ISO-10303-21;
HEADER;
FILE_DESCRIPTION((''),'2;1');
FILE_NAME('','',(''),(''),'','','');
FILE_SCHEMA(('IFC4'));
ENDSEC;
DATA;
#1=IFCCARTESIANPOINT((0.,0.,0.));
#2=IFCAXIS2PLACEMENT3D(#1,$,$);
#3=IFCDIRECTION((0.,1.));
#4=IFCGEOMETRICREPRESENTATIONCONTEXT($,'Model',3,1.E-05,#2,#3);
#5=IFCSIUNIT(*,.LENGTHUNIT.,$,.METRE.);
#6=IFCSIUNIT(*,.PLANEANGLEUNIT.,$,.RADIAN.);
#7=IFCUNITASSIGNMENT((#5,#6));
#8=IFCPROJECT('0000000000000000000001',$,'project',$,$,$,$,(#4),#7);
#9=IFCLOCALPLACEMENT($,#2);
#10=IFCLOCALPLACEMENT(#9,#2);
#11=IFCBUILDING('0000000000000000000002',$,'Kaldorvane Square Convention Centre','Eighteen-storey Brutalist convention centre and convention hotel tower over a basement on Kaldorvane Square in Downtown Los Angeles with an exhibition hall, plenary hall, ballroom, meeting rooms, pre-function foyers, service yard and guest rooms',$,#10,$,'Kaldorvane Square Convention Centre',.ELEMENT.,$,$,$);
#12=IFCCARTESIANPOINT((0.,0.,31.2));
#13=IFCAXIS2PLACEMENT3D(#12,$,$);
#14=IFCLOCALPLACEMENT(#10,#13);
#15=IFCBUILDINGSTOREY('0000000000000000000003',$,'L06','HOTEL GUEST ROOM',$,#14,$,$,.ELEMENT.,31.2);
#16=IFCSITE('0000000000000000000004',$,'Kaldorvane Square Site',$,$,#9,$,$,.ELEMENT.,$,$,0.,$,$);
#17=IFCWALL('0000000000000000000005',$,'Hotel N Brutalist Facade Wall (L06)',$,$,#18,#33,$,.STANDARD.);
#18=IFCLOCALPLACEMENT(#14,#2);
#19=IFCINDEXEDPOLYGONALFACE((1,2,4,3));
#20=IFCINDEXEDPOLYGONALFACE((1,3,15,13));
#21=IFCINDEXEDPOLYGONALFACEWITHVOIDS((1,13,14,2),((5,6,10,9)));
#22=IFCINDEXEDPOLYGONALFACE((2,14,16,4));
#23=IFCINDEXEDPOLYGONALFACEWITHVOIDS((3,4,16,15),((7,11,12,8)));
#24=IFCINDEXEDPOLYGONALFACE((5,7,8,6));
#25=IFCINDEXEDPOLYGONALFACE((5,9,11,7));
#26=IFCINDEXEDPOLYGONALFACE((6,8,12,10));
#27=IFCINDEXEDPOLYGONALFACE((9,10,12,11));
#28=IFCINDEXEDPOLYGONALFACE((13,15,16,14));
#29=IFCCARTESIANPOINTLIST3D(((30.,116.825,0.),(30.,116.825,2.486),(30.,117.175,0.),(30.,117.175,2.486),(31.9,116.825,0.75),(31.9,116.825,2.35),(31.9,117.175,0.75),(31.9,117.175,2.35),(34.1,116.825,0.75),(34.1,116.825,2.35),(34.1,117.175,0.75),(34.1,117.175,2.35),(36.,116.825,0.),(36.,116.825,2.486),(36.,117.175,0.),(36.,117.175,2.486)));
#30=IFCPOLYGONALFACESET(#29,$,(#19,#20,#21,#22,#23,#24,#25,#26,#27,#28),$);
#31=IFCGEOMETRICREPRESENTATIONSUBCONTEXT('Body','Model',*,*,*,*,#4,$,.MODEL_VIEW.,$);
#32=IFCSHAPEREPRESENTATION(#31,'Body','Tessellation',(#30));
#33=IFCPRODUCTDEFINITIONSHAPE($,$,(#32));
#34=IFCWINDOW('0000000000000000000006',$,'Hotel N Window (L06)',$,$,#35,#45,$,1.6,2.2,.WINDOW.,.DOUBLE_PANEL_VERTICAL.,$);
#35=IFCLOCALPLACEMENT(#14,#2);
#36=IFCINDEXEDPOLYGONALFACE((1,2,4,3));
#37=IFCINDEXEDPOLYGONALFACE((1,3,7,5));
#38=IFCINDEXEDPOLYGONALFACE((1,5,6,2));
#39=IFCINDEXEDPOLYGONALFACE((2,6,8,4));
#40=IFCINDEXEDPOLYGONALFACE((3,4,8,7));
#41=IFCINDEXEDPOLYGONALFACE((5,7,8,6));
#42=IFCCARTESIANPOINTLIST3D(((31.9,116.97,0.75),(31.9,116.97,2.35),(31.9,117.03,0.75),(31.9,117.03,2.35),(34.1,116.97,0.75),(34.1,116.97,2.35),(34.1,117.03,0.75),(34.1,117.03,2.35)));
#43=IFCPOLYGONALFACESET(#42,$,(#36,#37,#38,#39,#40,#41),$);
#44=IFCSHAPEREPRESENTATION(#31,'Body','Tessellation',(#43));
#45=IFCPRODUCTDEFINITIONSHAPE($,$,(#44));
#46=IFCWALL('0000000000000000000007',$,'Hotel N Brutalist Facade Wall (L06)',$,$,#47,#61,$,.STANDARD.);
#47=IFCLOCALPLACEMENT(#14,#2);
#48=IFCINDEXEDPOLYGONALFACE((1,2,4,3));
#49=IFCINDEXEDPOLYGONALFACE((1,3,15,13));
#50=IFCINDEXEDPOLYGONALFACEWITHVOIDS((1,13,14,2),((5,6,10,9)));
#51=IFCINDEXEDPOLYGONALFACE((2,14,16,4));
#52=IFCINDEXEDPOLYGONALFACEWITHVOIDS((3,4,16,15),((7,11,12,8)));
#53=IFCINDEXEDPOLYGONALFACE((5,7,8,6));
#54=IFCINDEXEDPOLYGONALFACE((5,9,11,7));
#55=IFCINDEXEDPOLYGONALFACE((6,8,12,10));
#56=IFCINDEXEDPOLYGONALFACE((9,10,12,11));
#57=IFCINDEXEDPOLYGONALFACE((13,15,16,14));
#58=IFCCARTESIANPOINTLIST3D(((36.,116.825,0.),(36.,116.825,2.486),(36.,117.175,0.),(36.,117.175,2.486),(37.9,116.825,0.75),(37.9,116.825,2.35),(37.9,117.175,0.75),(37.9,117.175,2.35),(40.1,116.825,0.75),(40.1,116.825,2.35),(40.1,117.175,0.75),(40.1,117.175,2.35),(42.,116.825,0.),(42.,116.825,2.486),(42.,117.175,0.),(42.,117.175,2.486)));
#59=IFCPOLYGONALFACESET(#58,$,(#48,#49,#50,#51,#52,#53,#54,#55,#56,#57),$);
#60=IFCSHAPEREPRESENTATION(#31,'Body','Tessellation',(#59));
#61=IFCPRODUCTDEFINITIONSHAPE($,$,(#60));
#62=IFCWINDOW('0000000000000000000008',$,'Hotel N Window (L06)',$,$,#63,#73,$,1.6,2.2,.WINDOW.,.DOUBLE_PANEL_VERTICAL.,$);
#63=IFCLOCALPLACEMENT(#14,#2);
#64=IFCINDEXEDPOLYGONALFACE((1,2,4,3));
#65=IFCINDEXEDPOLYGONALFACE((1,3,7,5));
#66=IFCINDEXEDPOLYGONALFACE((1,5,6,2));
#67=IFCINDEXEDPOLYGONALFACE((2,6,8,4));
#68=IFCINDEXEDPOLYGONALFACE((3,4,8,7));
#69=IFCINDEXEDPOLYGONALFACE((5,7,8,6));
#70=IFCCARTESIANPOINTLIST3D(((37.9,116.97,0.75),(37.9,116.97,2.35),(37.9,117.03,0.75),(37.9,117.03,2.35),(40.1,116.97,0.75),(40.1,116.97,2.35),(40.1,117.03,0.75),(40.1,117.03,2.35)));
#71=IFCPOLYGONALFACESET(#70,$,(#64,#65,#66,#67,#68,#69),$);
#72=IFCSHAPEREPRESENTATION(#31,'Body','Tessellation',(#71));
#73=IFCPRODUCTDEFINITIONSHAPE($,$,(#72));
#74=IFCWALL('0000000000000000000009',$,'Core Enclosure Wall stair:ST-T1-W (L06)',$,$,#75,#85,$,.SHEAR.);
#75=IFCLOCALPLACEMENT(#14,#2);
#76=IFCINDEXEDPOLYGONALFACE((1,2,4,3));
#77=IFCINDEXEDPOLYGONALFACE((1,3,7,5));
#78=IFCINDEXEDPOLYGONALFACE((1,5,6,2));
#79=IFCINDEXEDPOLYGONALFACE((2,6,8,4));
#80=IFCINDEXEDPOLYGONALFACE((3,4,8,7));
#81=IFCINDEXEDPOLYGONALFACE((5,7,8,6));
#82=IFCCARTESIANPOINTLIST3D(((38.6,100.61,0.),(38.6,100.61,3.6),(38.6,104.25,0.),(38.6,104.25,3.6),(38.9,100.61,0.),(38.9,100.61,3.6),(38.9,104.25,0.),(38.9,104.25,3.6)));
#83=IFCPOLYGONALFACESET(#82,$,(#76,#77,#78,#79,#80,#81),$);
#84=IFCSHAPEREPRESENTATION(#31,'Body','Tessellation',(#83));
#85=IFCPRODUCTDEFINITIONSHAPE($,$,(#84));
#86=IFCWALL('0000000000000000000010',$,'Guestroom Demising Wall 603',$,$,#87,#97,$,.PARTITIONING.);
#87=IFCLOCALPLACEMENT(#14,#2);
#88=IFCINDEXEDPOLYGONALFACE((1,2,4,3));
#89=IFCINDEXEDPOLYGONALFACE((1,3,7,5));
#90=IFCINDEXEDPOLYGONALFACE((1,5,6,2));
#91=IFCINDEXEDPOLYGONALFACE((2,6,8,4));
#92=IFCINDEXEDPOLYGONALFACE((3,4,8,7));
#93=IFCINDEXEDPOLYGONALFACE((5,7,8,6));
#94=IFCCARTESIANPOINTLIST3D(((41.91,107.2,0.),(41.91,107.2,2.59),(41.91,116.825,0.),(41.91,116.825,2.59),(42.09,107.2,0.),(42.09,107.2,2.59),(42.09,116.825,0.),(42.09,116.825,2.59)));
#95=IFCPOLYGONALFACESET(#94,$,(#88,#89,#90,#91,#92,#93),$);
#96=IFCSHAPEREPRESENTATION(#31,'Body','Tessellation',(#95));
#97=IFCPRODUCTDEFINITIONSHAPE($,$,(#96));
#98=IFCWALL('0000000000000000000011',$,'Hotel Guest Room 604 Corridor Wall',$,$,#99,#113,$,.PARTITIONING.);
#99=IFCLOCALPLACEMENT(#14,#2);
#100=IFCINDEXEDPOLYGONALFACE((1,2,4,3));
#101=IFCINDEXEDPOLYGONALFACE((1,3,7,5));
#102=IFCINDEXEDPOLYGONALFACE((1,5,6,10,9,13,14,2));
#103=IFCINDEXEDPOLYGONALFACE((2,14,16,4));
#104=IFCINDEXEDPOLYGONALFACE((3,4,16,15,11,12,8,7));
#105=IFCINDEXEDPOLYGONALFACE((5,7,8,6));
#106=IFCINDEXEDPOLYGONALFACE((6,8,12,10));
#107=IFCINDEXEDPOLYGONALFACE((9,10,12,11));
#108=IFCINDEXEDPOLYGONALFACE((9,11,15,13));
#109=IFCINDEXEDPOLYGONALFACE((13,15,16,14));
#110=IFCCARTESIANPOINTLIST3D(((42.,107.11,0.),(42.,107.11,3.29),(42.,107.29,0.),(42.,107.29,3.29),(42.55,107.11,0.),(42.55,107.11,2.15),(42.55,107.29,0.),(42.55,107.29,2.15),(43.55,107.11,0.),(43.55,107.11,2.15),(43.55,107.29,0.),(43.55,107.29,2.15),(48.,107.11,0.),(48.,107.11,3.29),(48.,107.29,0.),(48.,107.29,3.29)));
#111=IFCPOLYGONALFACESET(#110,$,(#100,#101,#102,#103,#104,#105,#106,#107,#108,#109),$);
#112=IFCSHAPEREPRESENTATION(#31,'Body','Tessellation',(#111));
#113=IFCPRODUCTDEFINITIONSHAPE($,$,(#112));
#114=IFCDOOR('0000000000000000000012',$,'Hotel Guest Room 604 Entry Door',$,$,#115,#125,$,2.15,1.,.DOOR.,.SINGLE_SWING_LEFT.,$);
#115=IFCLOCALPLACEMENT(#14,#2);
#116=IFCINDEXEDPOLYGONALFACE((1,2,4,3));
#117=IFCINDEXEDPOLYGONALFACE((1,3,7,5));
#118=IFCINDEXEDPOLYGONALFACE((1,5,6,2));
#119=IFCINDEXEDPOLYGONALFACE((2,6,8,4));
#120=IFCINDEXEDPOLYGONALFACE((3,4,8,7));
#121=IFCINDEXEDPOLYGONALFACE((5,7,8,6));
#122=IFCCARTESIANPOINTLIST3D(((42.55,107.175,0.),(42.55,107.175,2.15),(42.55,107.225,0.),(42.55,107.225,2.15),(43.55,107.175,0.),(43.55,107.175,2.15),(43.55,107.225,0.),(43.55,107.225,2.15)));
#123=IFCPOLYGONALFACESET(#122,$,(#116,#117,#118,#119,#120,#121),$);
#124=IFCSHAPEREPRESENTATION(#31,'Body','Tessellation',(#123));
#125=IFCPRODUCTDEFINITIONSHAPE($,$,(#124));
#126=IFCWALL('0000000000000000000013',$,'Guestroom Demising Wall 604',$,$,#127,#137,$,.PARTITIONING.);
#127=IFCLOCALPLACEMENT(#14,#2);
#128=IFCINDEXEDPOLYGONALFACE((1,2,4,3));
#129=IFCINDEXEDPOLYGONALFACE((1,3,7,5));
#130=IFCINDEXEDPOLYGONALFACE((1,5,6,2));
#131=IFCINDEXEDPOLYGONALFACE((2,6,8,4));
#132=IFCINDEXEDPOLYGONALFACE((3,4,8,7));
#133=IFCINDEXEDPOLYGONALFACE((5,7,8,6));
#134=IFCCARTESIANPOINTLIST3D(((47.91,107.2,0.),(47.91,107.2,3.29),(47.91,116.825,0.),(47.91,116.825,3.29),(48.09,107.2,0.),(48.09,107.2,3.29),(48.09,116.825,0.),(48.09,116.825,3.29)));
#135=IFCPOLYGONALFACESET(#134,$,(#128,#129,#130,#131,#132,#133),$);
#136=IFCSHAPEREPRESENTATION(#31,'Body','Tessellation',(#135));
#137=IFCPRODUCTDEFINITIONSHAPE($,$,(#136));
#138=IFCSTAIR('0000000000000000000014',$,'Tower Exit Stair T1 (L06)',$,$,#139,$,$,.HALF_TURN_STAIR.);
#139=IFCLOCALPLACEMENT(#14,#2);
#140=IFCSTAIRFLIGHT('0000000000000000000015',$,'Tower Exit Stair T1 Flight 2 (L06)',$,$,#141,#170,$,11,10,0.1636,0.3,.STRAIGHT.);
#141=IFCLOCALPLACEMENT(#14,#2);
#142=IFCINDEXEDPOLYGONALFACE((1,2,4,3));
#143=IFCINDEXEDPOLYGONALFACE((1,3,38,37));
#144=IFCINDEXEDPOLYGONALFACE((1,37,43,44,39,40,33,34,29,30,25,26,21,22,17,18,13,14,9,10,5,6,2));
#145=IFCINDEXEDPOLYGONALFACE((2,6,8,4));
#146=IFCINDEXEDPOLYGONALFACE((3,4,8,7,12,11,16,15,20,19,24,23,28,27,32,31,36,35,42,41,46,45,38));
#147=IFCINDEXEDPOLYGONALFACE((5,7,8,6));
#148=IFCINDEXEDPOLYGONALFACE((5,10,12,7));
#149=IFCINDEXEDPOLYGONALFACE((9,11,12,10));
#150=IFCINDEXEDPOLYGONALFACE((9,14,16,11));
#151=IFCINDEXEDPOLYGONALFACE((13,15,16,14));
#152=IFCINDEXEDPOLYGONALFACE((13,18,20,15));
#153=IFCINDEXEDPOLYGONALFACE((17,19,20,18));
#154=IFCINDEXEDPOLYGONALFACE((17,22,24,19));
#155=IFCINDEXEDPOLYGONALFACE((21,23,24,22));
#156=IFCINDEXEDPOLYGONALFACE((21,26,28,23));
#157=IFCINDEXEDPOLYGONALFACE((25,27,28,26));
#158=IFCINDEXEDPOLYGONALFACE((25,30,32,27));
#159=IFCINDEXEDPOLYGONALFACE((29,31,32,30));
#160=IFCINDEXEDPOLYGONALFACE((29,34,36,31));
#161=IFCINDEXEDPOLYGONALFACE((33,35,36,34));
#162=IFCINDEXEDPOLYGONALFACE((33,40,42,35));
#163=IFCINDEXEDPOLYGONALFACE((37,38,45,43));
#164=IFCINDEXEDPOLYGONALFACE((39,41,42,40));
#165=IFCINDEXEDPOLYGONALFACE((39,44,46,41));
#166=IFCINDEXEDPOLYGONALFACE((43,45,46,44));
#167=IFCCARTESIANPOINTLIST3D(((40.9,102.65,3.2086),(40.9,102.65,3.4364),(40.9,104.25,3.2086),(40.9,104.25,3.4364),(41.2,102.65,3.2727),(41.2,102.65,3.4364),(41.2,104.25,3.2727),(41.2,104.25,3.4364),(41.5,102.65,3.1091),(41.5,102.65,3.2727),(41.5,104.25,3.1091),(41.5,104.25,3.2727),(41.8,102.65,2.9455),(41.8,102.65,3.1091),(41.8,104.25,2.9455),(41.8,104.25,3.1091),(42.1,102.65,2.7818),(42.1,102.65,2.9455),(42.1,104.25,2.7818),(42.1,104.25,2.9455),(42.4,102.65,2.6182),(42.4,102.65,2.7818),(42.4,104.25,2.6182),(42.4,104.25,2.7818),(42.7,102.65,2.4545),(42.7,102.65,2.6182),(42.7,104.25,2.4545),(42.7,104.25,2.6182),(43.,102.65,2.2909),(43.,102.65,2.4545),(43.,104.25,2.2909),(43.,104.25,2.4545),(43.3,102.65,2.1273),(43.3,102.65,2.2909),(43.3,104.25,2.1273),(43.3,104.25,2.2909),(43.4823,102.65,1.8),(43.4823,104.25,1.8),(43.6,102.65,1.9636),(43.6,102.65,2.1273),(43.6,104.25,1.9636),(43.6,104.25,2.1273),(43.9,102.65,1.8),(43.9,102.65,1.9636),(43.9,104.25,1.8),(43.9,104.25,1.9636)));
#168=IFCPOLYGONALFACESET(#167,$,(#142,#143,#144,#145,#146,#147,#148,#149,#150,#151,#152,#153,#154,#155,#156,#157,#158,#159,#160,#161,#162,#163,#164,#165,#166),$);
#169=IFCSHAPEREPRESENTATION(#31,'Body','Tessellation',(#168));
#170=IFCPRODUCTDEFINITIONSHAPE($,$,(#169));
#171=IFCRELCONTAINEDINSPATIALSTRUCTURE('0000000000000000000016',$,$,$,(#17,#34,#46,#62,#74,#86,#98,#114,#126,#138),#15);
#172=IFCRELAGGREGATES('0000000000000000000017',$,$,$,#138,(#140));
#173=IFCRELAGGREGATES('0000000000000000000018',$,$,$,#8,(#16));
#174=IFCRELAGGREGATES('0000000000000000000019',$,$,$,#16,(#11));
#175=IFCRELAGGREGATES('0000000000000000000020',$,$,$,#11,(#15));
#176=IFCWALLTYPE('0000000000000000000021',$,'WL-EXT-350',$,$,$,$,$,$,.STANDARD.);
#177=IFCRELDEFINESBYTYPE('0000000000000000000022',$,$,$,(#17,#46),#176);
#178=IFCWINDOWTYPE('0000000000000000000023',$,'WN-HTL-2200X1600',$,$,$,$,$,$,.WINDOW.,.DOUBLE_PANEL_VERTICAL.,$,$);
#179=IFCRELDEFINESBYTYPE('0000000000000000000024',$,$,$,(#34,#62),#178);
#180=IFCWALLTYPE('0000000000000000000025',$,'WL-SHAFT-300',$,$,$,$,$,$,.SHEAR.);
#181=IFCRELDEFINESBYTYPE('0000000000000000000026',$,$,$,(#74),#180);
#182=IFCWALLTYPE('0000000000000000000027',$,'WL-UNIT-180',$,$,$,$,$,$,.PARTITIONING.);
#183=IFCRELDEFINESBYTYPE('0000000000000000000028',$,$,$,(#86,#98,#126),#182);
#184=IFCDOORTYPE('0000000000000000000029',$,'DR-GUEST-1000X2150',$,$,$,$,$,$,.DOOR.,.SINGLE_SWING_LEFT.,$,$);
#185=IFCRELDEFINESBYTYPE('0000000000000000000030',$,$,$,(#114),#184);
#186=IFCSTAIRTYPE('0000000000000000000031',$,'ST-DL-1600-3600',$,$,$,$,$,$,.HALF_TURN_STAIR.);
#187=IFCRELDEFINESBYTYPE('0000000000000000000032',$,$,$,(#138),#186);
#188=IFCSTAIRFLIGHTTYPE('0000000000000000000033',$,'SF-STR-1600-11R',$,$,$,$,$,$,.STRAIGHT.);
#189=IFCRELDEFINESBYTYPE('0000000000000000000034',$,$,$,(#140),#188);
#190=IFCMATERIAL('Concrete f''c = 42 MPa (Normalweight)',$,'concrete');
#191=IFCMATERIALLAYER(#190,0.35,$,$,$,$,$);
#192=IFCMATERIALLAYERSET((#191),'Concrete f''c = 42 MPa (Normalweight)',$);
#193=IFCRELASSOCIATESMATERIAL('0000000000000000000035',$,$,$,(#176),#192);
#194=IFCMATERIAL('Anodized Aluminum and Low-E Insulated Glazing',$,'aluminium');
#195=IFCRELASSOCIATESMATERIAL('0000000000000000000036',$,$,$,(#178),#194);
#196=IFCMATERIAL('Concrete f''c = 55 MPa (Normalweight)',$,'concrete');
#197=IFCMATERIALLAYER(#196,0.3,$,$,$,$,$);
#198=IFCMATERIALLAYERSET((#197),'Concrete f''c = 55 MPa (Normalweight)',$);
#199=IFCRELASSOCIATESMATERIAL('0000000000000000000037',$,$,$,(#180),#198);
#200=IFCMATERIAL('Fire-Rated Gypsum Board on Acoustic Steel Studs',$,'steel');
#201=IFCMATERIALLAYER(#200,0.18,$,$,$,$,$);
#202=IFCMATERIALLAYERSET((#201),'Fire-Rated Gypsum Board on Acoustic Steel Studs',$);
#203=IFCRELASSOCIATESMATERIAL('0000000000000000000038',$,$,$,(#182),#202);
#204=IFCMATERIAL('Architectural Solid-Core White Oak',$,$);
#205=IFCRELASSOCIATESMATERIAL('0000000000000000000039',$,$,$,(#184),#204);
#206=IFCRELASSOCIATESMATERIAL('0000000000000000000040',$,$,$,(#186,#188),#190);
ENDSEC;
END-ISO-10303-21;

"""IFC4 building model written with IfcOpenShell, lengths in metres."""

from ifc_helpers import new_model, si_unit, direction, frame, frame_2d, origin, place, context, subcontext, project, spatial, polyline, rectangle, outline, extrude, material, layer, layer_set, type_object, element, fill, aggregate, save


model = new_model("IFC4")

# Units and contexts
model_context = context("Model", 3, precision=1e-05, world=origin(), true_north=direction((0.0, 1.0)))
body_context = subcontext(model_context, "Body", "Model", "MODEL_VIEW")
ifc_project = project(units=[si_unit("LENGTHUNIT", "METRE"), si_unit("PLANEANGLEUNIT", "RADIAN")], contexts=[model_context])

# Site, building, storey
site_placement = place(None, origin())
site = spatial("IfcSite", under=ifc_project, at=site_placement, Name="Kaldorvane Square Site", CompositionType="ELEMENT", RefElevation=0.0)
building_placement = place(site_placement, origin())
building = spatial("IfcBuilding", under=site, at=building_placement, Name="Kaldorvane Square Convention Centre", Description="Eighteen-storey Brutalist convention centre and convention hotel tower over a basement on Kaldorvane Square in Downtown Los Angeles with an exhibition hall, plenary hall, ballroom, meeting rooms, pre-function foyers, service yard and guest rooms", LongName="Kaldorvane Square Convention Centre", CompositionType="ELEMENT")
storey_placement = place(building_placement, frame((0.0, 0.0, 31.2)))
storey = spatial("IfcBuildingStorey", under=building, at=storey_placement, Name="L06", Description="HOTEL GUEST ROOM", CompositionType="ELEMENT", Elevation=31.2)

# Shared definitions
ifc_material_1 = material(Name="Concrete f'c = 55 MPa (Normalweight)", Category="concrete")

# Shared definitions
ifc_material_2 = material(Name="Concrete f'c = 42 MPa (Normalweight)", Category="concrete")

# Shared definitions
ifc_material_3 = material(Name="Fire-Rated Gypsum Board on Acoustic Steel Studs", Category="steel")
ifc_material_4 = material(Name="Architectural Solid-Core White Oak")

# Walls, openings, windows
ifc_layer_1 = layer(ifc_material_2, 0.35)
ifc_layer_set_1 = layer_set([ifc_layer_1], Name="Concrete f'c = 42 MPa (Normalweight)")
wall_type_1 = type_object("IfcWallType", Name="WL-EXT-350", PredefinedType="STANDARD", material=ifc_layer_set_1)
wall_1_placement = place(storey_placement, frame((36.0, 117.0, 0.0), z_axis=(0.0, 0.0, 1.0), x_axis=(-1.0, 0.0, 0.0)))
wall_1 = element("IfcWall", 1, at=wall_1_placement, inside=storey, type_object=wall_type_1, Name="Hotel N Brutalist Facade Wall (L06)", PredefinedType="STANDARD", context=body_context, shape_type="SweptSolid", body=[
    extrude(rectangle(XDim=6.0, YDim=0.35, at=frame_2d((3.0, 0.0))), origin(), (0.0, 0.0, 1.0), 2.486),
])
opening_1_placement = place(wall_1_placement, frame((1.9, 0.0, 0.75)))
opening_1 = element("IfcOpeningElement", 2, at=opening_1_placement, cuts=wall_1, PredefinedType="OPENING", context=body_context, shape_type="SweptSolid", body=[
    extrude(rectangle(XDim=2.2, YDim=1.6, at=frame_2d((1.1, 0.8))), frame((0.0, 0.19, 0.0), z_axis=(0.0, -1.0, 0.0), x_axis=(1.0, 0.0, 0.0)), (0.0, 0.0, 1.0), 0.38),
])
ifc_material_5 = material(Name="Anodized Aluminum and Low-E Insulated Glazing", Category="aluminium")
window_type = type_object("IfcWindowType", Name="WN-HTL-2200X1600", PartitioningType="DOUBLE_PANEL_VERTICAL", PredefinedType="WINDOW", material=ifc_material_5)
window_1_placement = place(opening_1_placement, origin())
window_1 = element("IfcWindow", 3, at=window_1_placement, inside=storey, type_object=window_type, Name="Hotel N Window (L06)", OverallHeight=1.6, OverallWidth=2.2, PartitioningType="DOUBLE_PANEL_VERTICAL", PredefinedType="WINDOW", context=body_context, shape_type="SweptSolid", body=[
    extrude(rectangle(XDim=2.2, YDim=1.6, at=frame_2d((1.1, 0.8))), frame((0.0, 0.03, 0.0), z_axis=(0.0, -1.0, 0.0), x_axis=(1.0, 0.0, 0.0)), (0.0, 0.0, 1.0), 0.06),
])
fill(opening_1, window_1)
wall_2_placement = place(storey_placement, frame((42.0, 117.0, 0.0), z_axis=(0.0, 0.0, 1.0), x_axis=(-1.0, 0.0, 0.0)))
wall_2 = element("IfcWall", 4, at=wall_2_placement, inside=storey, type_object=wall_type_1, Name="Hotel N Brutalist Facade Wall (L06)", PredefinedType="STANDARD", context=body_context, shape_type="SweptSolid", body=[
    extrude(rectangle(XDim=6.0, YDim=0.35, at=frame_2d((3.0, 0.0))), origin(), (0.0, 0.0, 1.0), 2.486),
])
opening_2_placement = place(wall_2_placement, frame((1.9, 0.0, 0.75)))
opening_2 = element("IfcOpeningElement", 5, at=opening_2_placement, cuts=wall_2, PredefinedType="OPENING", context=body_context, shape_type="SweptSolid", body=[
    extrude(rectangle(XDim=2.2, YDim=1.6, at=frame_2d((1.1, 0.8))), frame((0.0, 0.19, 0.0), z_axis=(0.0, -1.0, 0.0), x_axis=(1.0, 0.0, 0.0)), (0.0, 0.0, 1.0), 0.38),
])
window_2_placement = place(opening_2_placement, origin())
window_2 = element("IfcWindow", 6, at=window_2_placement, inside=storey, type_object=window_type, Name="Hotel N Window (L06)", OverallHeight=1.6, OverallWidth=2.2, PartitioningType="DOUBLE_PANEL_VERTICAL", PredefinedType="WINDOW", context=body_context, shape_type="SweptSolid", body=[
    extrude(rectangle(XDim=2.2, YDim=1.6, at=frame_2d((1.1, 0.8))), frame((0.0, 0.03, 0.0), z_axis=(0.0, -1.0, 0.0), x_axis=(1.0, 0.0, 0.0)), (0.0, 0.0, 1.0), 0.06),
])
fill(opening_2, window_2)

# Walls
ifc_layer_2 = layer(ifc_material_1, 0.3)
ifc_layer_set_2 = layer_set([ifc_layer_2], Name="Concrete f'c = 55 MPa (Normalweight)")
wall_type_2 = type_object("IfcWallType", Name="WL-SHAFT-300", PredefinedType="SHEAR", material=ifc_layer_set_2)
wall_3_placement = place(storey_placement, frame((38.75, 104.25, 0.0), z_axis=(0.0, 0.0, 1.0), x_axis=(0.0, -1.0, 0.0)))
element("IfcWall", 7, at=wall_3_placement, inside=storey, type_object=wall_type_2, Name="Core Enclosure Wall stair:ST-T1-W (L06)", PredefinedType="SHEAR", context=body_context, shape_type="SweptSolid", body=[
    extrude(rectangle(XDim=3.64, YDim=0.3, at=frame_2d((1.82, 0.0))), origin(), (0.0, 0.0, 1.0), 3.6),
])
ifc_layer_3 = layer(ifc_material_3, 0.18)
ifc_layer_set_3 = layer_set([ifc_layer_3], Name="Fire-Rated Gypsum Board on Acoustic Steel Studs")
wall_type_3 = type_object("IfcWallType", Name="WL-UNIT-180", PredefinedType="PARTITIONING", material=ifc_layer_set_3)
wall_4_placement = place(storey_placement, frame((42.0, 107.2, 0.0), z_axis=(0.0, 0.0, 1.0), x_axis=(0.0, 1.0, 0.0)))
element("IfcWall", 8, at=wall_4_placement, inside=storey, type_object=wall_type_3, Name="Guestroom Demising Wall 603", PredefinedType="PARTITIONING", context=body_context, shape_type="SweptSolid", body=[
    extrude(rectangle(XDim=9.625, YDim=0.18, at=frame_2d((4.8125, 0.0))), origin(), (0.0, 0.0, 1.0), 2.59),
])

# Wall, opening, door
wall_5_placement = place(storey_placement, frame((42.0, 107.2, 0.0), z_axis=(0.0, 0.0, 1.0), x_axis=(1.0, 0.0, 0.0)))
wall_5 = element("IfcWall", 9, at=wall_5_placement, inside=storey, type_object=wall_type_3, Name="Hotel Guest Room 604 Corridor Wall", PredefinedType="PARTITIONING", context=body_context, shape_type="SweptSolid", body=[
    extrude(rectangle(XDim=6.0, YDim=0.18, at=frame_2d((3.0, 0.0))), origin(), (0.0, 0.0, 1.0), 3.29),
])
opening_3_placement = place(wall_5_placement, frame((0.55, 0.0, 0.0)))
opening_3 = element("IfcOpeningElement", 10, at=opening_3_placement, cuts=wall_5, PredefinedType="OPENING", context=body_context, shape_type="SweptSolid", body=[
    extrude(rectangle(XDim=1.0, YDim=2.15, at=frame_2d((0.5, 1.075))), frame((0.0, 0.105, 0.0), z_axis=(0.0, -1.0, 0.0), x_axis=(1.0, 0.0, 0.0)), (0.0, 0.0, 1.0), 0.21),
])
door_type_1 = type_object("IfcDoorType", Name="DR-GUEST-1000X2150", OperationType="SINGLE_SWING_LEFT", PredefinedType="DOOR", material=ifc_material_4)
door_1_placement = place(opening_3_placement, origin())
door_1 = element("IfcDoor", 11, at=door_1_placement, inside=storey, type_object=door_type_1, Name="Hotel Guest Room 604 Entry Door", OperationType="SINGLE_SWING_LEFT", OverallHeight=2.15, OverallWidth=1.0, PredefinedType="DOOR", context=body_context, shape_type="SweptSolid", body=[
    extrude(rectangle(XDim=1.0, YDim=2.15, at=frame_2d((0.5, 1.075))), frame((0.0, 0.025, 0.0), z_axis=(0.0, -1.0, 0.0), x_axis=(1.0, 0.0, 0.0)), (0.0, 0.0, 1.0), 0.05),
])
fill(opening_3, door_1)

# Wall
wall_6_placement = place(storey_placement, frame((48.0, 107.2, 0.0), z_axis=(0.0, 0.0, 1.0), x_axis=(0.0, 1.0, 0.0)))
element("IfcWall", 12, at=wall_6_placement, inside=storey, type_object=wall_type_3, Name="Guestroom Demising Wall 604", PredefinedType="PARTITIONING", context=body_context, shape_type="SweptSolid", body=[
    extrude(rectangle(XDim=9.625, YDim=0.18, at=frame_2d((4.8125, 0.0))), origin(), (0.0, 0.0, 1.0), 3.29),
])

# Stair, stair flight
stair_type = type_object("IfcStairType", Name="ST-DL-1600-3600", PredefinedType="HALF_TURN_STAIR", material=ifc_material_2)
stair_placement = place(storey_placement, origin())
stair = element("IfcStair", 13, at=stair_placement, inside=storey, type_object=stair_type, Name="Tower Exit Stair T1 (L06)", PredefinedType="HALF_TURN_STAIR")
stair_flight_type = type_object("IfcStairFlightType", Name="SF-STR-1600-11R", PredefinedType="STRAIGHT", material=ifc_material_2)
stair_flight_placement = place(storey_placement, frame((43.9, 103.45, 1.8), z_axis=(0.0, 0.0, 1.0), x_axis=(-1.0, 0.0, 0.0)))
stair_flight = element("IfcStairFlight", 14, at=stair_flight_placement, type_object=stair_flight_type, Name="Tower Exit Stair T1 Flight 2 (L06)", NumberOfRisers=11, NumberOfTreads=10, PredefinedType="STRAIGHT", RiserHeight=0.1636, TreadLength=0.3, context=body_context, shape_type="SweptSolid", body=[
    extrude(outline(polyline([(0.0, 0.0), (0.0, 0.1636), (0.3, 0.1636), (0.3, 0.3273), (0.6, 0.3273), (0.6, 0.4909), (0.9, 0.4909), (0.9, 0.6545), (1.2, 0.6545), (1.2, 0.8182), (1.5, 0.8182), (1.5, 0.9818), (1.8, 0.9818), (1.8, 1.1455), (2.1, 1.1455), (2.1, 1.3091), (2.4, 1.3091), (2.4, 1.4727), (2.7, 1.4727), (2.7, 1.6364), (3.0, 1.6364), (3.0, 1.8), (3.0, 1.4086), (0.4177, 0.0), (0.0, 0.0)])), frame((0.0, 0.8, 0.0), z_axis=(0.0, -1.0, 0.0), x_axis=(1.0, 0.0, 0.0)), (0.0, 0.0, 1.0), 1.6),
])
aggregate(stair, [stair_flight])

save(model, "model.ifc")
